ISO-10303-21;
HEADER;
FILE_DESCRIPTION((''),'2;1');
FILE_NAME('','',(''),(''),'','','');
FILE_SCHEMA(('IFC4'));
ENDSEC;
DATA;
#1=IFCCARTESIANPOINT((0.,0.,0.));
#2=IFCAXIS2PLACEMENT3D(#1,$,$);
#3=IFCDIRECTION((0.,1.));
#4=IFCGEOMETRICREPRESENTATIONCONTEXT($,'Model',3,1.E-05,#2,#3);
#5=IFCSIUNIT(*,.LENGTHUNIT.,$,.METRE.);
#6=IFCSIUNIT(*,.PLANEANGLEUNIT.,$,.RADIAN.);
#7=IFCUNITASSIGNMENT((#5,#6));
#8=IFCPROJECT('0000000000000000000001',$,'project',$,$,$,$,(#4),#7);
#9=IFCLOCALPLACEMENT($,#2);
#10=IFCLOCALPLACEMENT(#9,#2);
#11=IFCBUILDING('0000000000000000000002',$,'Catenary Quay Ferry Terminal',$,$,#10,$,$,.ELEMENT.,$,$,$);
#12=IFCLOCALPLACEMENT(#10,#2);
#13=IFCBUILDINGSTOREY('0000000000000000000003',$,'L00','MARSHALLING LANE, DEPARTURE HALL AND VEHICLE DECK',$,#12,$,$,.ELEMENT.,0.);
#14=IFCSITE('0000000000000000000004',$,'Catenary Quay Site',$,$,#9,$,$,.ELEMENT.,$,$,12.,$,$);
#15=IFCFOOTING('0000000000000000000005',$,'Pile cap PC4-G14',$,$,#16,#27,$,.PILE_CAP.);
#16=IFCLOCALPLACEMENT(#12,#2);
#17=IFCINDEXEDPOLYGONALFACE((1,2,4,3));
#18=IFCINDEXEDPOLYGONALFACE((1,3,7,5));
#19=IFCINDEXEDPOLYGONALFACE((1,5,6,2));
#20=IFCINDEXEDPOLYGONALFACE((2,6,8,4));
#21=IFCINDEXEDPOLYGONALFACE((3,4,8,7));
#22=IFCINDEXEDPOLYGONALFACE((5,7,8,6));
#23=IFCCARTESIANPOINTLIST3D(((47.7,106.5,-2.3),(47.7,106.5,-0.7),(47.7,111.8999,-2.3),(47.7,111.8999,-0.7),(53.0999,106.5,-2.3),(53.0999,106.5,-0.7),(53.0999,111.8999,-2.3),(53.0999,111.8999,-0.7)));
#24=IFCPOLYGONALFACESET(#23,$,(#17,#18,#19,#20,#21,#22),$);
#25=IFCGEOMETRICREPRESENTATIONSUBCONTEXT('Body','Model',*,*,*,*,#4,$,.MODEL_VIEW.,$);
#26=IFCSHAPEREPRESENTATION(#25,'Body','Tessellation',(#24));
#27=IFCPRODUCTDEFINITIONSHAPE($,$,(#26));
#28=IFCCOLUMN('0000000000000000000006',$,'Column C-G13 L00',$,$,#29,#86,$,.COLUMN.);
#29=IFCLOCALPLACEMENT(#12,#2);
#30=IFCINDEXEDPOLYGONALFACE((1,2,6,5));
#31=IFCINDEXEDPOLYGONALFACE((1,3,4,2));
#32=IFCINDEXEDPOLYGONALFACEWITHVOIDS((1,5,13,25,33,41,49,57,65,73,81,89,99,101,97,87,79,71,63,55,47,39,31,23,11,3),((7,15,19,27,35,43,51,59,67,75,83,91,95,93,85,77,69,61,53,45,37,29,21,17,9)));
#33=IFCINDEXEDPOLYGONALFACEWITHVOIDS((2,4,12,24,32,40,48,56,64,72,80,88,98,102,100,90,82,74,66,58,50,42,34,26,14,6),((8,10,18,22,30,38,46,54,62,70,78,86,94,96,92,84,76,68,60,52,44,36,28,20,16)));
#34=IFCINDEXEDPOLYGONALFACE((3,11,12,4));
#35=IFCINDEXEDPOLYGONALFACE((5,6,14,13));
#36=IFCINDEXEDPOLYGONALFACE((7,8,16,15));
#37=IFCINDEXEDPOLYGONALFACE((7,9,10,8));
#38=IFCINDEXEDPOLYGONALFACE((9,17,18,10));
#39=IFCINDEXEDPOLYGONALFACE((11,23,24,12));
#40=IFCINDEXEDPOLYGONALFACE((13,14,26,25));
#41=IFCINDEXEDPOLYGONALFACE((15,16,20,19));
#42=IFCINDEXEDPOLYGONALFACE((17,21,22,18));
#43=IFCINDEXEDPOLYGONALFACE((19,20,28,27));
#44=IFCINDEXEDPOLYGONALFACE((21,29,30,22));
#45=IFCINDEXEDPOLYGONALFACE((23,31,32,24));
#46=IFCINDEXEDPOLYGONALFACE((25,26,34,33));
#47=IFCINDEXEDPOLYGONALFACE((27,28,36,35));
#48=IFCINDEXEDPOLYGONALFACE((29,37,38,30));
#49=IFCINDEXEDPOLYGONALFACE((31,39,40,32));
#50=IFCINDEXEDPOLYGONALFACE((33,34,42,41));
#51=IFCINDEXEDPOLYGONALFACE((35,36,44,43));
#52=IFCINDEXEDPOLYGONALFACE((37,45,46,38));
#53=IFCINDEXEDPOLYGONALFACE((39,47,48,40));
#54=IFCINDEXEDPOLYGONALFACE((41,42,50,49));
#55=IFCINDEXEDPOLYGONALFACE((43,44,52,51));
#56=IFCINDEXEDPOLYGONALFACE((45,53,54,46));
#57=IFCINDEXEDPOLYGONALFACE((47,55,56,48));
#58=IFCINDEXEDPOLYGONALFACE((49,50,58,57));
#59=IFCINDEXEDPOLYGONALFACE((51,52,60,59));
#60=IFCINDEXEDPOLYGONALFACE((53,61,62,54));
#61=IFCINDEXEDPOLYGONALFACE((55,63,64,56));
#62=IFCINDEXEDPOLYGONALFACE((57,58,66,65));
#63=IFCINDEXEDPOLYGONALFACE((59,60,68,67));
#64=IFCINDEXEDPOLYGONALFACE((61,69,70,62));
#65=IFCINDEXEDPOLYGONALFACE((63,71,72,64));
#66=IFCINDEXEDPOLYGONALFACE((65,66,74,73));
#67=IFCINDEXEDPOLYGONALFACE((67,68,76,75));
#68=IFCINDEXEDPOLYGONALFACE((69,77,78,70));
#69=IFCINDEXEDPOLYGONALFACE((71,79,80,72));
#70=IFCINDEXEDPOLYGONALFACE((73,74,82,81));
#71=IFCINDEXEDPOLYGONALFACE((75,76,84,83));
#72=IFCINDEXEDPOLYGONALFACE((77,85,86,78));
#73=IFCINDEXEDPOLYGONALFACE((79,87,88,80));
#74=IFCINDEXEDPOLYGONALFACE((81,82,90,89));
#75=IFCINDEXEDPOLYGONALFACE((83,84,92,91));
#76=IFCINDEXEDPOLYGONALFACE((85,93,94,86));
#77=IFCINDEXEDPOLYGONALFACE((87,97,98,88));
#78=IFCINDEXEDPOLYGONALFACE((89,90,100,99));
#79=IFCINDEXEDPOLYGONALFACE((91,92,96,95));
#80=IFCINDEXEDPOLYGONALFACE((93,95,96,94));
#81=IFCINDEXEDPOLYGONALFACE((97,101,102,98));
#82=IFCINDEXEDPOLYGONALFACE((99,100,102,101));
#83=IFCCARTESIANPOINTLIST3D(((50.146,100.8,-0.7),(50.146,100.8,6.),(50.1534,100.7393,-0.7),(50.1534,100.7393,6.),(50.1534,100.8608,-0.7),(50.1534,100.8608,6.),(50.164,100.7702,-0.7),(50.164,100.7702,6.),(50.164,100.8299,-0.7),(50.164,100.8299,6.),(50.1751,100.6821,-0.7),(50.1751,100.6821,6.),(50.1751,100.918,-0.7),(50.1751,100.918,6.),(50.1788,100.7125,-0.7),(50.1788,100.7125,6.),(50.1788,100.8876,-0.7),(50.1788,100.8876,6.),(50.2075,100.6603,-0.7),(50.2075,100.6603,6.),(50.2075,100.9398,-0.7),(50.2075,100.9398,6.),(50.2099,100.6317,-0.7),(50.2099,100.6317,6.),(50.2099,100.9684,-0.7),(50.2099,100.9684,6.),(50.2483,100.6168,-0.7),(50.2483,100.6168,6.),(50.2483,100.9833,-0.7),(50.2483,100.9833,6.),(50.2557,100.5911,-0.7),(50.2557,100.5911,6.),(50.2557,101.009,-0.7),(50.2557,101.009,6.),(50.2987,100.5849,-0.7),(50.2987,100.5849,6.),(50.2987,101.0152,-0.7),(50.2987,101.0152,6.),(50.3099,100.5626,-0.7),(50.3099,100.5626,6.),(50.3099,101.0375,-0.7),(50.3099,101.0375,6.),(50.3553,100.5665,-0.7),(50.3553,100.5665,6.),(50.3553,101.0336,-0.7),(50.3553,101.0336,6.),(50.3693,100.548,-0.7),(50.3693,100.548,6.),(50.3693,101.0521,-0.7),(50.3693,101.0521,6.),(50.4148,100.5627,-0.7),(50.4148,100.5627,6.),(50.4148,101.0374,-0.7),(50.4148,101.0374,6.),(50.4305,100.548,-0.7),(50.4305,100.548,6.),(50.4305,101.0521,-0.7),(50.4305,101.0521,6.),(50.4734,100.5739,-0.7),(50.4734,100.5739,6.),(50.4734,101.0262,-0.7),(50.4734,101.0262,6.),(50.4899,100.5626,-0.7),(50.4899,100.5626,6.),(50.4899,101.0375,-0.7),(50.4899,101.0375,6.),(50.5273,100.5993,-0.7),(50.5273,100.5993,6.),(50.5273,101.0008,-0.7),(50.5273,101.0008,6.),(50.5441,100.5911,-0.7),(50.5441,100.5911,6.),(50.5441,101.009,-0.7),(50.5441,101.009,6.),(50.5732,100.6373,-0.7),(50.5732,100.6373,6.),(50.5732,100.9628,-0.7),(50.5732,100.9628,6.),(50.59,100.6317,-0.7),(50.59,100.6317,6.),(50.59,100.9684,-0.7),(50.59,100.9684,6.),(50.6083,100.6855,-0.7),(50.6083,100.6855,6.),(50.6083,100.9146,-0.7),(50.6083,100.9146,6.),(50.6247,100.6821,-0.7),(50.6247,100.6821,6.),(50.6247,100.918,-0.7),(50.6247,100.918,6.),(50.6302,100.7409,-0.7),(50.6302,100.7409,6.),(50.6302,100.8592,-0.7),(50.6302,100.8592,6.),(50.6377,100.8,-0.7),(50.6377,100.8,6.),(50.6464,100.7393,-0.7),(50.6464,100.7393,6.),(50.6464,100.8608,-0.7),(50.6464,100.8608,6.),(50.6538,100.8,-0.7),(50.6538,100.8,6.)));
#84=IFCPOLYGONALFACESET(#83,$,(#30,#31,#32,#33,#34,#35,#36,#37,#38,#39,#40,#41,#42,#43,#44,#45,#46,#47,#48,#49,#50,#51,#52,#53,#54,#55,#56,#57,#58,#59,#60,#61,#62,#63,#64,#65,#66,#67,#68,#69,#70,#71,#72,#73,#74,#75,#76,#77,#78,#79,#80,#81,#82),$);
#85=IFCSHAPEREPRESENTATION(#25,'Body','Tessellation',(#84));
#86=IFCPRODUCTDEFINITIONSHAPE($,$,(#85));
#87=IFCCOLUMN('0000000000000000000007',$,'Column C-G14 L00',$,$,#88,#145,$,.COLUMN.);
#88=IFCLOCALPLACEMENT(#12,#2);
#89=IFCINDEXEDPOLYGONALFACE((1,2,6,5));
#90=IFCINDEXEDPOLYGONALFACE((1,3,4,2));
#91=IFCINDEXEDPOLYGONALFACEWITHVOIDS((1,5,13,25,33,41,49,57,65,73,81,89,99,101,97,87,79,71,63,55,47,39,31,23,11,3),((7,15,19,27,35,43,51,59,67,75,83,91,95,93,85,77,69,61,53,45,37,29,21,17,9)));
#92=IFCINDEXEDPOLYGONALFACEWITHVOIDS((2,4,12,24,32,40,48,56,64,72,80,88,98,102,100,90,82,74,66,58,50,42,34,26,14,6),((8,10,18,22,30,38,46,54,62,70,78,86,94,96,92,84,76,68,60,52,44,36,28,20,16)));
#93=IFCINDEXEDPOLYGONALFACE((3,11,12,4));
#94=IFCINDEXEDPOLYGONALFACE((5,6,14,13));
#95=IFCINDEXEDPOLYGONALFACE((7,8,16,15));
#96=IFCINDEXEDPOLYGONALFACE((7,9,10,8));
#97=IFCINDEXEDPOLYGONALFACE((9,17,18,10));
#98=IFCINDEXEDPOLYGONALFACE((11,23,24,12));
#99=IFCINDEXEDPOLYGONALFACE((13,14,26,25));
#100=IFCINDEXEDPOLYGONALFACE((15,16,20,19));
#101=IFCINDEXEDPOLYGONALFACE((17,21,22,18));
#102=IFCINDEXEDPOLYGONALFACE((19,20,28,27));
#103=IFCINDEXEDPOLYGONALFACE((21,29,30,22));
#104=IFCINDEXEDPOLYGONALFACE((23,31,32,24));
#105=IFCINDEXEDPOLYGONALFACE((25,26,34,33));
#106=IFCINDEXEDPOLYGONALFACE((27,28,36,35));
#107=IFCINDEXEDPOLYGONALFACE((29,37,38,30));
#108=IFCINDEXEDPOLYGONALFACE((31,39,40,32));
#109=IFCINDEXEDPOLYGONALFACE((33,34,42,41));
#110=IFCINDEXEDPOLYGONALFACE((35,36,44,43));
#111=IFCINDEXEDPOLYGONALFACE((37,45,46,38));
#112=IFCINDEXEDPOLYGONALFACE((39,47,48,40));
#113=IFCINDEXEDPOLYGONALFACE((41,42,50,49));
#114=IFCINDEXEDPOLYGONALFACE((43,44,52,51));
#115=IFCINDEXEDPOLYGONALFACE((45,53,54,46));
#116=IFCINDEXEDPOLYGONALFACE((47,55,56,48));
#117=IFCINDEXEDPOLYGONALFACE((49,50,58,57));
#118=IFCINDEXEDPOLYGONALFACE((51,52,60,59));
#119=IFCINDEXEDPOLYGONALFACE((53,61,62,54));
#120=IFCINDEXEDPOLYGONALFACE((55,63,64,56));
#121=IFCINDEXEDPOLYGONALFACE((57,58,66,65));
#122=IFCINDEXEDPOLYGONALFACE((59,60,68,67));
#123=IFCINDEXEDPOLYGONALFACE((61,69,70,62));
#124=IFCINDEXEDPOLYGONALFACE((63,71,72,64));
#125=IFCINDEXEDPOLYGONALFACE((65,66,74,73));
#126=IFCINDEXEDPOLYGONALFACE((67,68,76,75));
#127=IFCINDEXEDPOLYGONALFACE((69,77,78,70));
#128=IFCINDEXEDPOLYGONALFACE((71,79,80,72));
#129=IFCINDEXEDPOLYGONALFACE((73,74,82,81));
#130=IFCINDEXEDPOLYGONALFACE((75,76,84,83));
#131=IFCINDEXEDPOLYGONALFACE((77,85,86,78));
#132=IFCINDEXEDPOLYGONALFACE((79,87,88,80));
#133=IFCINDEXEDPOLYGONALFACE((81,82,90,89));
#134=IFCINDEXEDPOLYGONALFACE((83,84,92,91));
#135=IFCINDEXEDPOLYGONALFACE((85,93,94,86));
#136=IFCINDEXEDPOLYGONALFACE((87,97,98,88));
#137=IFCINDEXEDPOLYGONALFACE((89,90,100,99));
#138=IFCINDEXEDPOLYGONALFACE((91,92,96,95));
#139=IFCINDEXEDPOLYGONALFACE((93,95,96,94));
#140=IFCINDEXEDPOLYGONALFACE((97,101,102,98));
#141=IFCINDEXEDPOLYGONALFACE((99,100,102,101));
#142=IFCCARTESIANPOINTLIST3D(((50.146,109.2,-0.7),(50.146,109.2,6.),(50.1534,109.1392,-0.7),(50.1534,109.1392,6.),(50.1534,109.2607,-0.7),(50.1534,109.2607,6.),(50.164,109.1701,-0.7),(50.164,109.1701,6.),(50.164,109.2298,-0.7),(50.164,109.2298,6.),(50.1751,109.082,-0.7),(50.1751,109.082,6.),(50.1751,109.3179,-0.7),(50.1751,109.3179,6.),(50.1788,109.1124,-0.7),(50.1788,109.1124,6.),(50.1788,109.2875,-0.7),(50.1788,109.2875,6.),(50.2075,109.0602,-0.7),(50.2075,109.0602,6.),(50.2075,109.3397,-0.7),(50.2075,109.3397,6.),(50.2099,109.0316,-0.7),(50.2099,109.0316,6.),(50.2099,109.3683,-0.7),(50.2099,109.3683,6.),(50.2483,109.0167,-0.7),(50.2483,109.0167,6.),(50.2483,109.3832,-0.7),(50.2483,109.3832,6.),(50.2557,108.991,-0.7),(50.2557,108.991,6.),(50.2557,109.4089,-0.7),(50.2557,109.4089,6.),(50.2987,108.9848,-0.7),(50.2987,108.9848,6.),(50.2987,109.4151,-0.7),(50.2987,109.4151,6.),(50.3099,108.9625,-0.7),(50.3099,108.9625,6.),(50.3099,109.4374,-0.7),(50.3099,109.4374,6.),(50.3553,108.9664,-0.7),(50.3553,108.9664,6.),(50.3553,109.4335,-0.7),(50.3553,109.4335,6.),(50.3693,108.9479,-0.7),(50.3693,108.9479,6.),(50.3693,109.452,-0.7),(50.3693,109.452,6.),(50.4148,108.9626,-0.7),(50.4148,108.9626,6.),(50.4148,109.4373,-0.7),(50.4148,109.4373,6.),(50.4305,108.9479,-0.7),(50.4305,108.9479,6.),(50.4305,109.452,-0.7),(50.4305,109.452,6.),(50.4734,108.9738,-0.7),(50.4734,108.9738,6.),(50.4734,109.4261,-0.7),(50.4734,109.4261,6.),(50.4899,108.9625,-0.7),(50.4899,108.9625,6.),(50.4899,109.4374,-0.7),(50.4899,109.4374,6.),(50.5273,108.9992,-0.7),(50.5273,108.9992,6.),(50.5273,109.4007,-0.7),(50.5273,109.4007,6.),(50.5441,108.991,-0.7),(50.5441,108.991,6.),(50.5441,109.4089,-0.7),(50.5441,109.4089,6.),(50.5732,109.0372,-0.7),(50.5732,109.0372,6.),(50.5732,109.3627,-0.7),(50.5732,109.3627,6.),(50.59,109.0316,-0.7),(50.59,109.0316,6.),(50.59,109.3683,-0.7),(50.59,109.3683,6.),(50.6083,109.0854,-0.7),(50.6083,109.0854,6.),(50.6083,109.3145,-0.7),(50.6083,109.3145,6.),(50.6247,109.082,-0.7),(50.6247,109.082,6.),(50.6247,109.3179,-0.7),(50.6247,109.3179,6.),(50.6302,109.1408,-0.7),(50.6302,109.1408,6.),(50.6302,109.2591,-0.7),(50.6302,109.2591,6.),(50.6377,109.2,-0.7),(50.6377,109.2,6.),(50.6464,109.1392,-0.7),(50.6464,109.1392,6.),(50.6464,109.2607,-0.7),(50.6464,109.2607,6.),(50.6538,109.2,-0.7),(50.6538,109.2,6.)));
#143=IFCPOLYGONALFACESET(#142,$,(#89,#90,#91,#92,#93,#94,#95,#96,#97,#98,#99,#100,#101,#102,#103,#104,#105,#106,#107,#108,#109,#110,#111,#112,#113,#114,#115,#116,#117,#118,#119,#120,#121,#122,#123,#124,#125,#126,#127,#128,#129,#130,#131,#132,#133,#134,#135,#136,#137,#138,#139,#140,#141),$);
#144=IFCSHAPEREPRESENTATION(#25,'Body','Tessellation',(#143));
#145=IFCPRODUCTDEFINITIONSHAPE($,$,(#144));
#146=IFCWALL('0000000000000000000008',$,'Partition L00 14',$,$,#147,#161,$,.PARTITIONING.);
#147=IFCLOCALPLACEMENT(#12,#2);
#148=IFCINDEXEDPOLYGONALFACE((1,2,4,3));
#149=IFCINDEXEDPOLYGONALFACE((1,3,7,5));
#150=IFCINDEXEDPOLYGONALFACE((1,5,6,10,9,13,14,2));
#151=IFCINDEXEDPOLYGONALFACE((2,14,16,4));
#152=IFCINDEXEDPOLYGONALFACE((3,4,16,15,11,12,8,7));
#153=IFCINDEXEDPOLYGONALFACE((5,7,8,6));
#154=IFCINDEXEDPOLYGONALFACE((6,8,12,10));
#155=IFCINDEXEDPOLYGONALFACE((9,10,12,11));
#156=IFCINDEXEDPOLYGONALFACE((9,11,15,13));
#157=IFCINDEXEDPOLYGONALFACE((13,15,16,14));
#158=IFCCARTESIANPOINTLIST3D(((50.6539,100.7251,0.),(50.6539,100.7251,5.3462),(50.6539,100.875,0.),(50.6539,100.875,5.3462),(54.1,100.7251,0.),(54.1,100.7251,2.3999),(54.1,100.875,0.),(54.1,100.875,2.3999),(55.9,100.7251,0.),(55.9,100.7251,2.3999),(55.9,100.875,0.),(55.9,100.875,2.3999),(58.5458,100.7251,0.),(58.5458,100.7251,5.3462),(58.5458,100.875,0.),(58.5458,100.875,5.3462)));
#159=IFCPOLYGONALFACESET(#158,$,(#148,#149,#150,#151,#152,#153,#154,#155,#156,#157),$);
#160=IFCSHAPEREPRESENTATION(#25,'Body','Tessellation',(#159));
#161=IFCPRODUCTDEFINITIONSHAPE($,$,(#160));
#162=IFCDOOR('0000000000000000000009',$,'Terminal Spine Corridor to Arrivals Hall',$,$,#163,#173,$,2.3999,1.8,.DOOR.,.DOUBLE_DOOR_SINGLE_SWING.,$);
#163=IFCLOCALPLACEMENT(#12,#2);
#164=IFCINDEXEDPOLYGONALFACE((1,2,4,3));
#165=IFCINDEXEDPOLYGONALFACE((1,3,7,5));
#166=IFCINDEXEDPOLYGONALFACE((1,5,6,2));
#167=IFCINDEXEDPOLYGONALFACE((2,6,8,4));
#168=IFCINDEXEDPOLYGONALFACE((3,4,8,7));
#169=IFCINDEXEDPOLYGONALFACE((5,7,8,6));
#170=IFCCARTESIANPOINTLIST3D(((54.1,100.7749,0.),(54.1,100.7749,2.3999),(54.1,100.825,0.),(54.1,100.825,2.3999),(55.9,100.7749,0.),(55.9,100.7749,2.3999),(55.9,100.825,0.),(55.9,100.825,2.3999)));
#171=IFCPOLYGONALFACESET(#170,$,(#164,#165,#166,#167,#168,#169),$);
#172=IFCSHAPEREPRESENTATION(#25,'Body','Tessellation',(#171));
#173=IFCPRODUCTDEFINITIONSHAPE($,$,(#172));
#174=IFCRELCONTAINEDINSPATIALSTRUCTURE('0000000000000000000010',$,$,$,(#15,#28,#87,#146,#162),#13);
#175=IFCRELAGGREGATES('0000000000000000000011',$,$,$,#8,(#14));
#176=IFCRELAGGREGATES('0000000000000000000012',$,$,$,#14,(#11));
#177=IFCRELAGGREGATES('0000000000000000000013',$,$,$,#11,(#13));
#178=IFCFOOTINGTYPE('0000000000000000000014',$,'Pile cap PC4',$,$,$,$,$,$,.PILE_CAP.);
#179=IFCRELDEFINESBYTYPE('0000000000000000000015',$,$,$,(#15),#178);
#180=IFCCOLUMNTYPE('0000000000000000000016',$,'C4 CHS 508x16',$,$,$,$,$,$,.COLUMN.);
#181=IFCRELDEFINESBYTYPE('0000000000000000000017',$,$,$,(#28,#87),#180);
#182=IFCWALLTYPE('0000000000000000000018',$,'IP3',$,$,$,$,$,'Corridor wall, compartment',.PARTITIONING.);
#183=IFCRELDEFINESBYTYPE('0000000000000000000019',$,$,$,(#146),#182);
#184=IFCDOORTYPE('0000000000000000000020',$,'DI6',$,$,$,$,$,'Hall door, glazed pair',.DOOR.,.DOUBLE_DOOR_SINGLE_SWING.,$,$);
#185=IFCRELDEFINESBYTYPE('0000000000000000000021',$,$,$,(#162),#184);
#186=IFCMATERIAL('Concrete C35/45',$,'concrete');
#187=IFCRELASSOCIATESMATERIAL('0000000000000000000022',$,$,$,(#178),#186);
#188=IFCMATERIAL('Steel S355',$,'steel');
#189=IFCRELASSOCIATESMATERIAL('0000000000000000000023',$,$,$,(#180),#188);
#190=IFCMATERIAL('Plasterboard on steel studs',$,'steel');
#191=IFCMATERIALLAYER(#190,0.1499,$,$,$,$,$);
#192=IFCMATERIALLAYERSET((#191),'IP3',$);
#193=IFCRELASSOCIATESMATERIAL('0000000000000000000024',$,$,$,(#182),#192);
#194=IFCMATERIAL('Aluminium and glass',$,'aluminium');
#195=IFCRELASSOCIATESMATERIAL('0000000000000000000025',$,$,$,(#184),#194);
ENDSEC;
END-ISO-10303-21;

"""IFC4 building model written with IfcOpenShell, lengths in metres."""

from ifc_helpers import new_model, si_unit, direction, frame, frame_2d, origin, origin_2d, place, context, subcontext, project, spatial, rectangle, hollow_circle, extrude, material, layer, layer_set, material_profile, profile_set, type_object, element, fill, save


model = new_model("IFC4")

# Units and contexts
model_context = context("Model", 3, precision=1e-05, world=origin(), true_north=direction((0.0, 1.0)))
body_context = subcontext(model_context, "Body", "Model", "MODEL_VIEW")
ifc_project = project(units=[si_unit("LENGTHUNIT", "METRE"), si_unit("PLANEANGLEUNIT", "RADIAN")], contexts=[model_context])

# Site, building, storey
site_placement = place(None, origin())
site = spatial("IfcSite", under=ifc_project, at=site_placement, Name="Catenary Quay Site", CompositionType="ELEMENT", RefElevation=12.0)
building_placement = place(site_placement, origin())
building = spatial("IfcBuilding", under=site, at=building_placement, Name="Catenary Quay Ferry Terminal", CompositionType="ELEMENT")
storey_placement = place(building_placement, origin())
storey = spatial("IfcBuildingStorey", under=building, at=storey_placement, Name="L00", Description="MARSHALLING LANE, DEPARTURE HALL AND VEHICLE DECK", CompositionType="ELEMENT", Elevation=0.0)

# Footing
ifc_material_1 = material(Name="Concrete C35/45", Category="concrete")
footing_type = type_object("IfcFootingType", Name="Pile cap PC4", PredefinedType="PILE_CAP", material=ifc_material_1)
footing_placement = place(storey_placement, frame((50.3999, 109.2, -2.3), z_axis=(0.0, 0.0, 1.0), x_axis=(1.0, 0.0, 0.0)))
element("IfcFooting", 1, at=footing_placement, inside=storey, type_object=footing_type, Name="Pile cap PC4-G14", PredefinedType="PILE_CAP", context=body_context, shape_type="SweptSolid", body=[
    extrude(rectangle(XDim=5.3999, YDim=5.3999, at=origin_2d()), origin(), (0.0, 0.0, 1.0), 1.6001),
])

# Columns
ifc_material_2 = material(Name="Steel S355", Category="steel")
ifc_material_profile_1 = material_profile(ifc_material_2, hollow_circle(Radius=0.2539, WallThickness=0.0161, at=origin_2d()), Name="CHS 508x16")
ifc_profile_set_1 = profile_set([ifc_material_profile_1], Name="Steel S355")
column_type = type_object("IfcColumnType", Name="C4 CHS 508x16", PredefinedType="COLUMN", material=ifc_profile_set_1)
for number, where, z_axis, x_axis, name in (
    (2, (50.3999, 100.8, -0.7), (0.0, 0.0, 1.0), (1.0, 0.0, 0.0), "Column C-G13 L00"),
    (3, (50.3999, 109.2, -0.7), (0.0, 0.0, 1.0), (1.0, 0.0, 0.0), "Column C-G14 L00"),
):
    element("IfcColumn", number, at=place(storey_placement, frame(where, z_axis=z_axis, x_axis=x_axis)), inside=storey, type_object=column_type, Name=name, PredefinedType="COLUMN", context=body_context, shape_type="SweptSolid", body=[
        extrude(hollow_circle(Radius=0.2539, WallThickness=0.0161, at=origin_2d()), origin(), (0.0, 0.0, 1.0), 6.7),
    ])

# Wall, opening, door
ifc_material_3 = material(Name="Plasterboard on steel studs", Category="steel")
ifc_layer_1 = layer(ifc_material_3, 0.1499)
ifc_layer_set_1 = layer_set([ifc_layer_1], Name="IP3")
wall_type_1 = type_object("IfcWallType", Name="IP3", ElementType="Corridor wall, compartment", PredefinedType="PARTITIONING", material=ifc_layer_set_1)
wall_1_placement = place(storey_placement, frame((50.6541, 100.8, 0.0), z_axis=(0.0, 0.0, 1.0), x_axis=(1.0, 0.0, 0.0)))
wall_1 = element("IfcWall", 4, at=wall_1_placement, inside=storey, type_object=wall_type_1, Name="Partition L00 14", PredefinedType="PARTITIONING", context=body_context, shape_type="SweptSolid", body=[
    extrude(rectangle(XDim=7.8918, YDim=0.1499, at=frame_2d((3.9458, 0.0))), origin(), (0.0, 0.0, 1.0), 5.3462),
])
opening_1_placement = place(wall_1_placement, frame((3.446, 0.0, 0.0)))
opening_1 = element("IfcOpeningElement", 5, at=opening_1_placement, cuts=wall_1, PredefinedType="OPENING", context=body_context, shape_type="SweptSolid", body=[
    extrude(rectangle(XDim=1.8, YDim=2.3999, at=frame_2d((0.8999, 1.2))), frame((0.0, 0.085, 0.0), z_axis=(0.0, -1.0, 0.0), x_axis=(1.0, 0.0, 0.0)), (0.0, 0.0, 1.0), 0.1699),
])
ifc_material_4 = material(Name="Aluminium and glass", Category="aluminium")
door_type_1 = type_object("IfcDoorType", Name="DI6", ElementType="Hall door, glazed pair", OperationType="DOUBLE_DOOR_SINGLE_SWING", PredefinedType="DOOR", material=ifc_material_4)
door_1_placement = place(opening_1_placement, origin())
door_1 = element("IfcDoor", 6, at=door_1_placement, inside=storey, type_object=door_type_1, Name="Terminal Spine Corridor to Arrivals Hall", OperationType="DOUBLE_DOOR_SINGLE_SWING", OverallHeight=2.3999, OverallWidth=1.8, PredefinedType="DOOR", context=body_context, shape_type="SweptSolid", body=[
    extrude(rectangle(XDim=1.8, YDim=2.3999, at=frame_2d((0.8999, 1.2))), frame((0.0, 0.0249, 0.0), z_axis=(0.0, -1.0, 0.0), x_axis=(1.0, 0.0, 0.0)), (0.0, 0.0, 1.0), 0.05),
])
fill(opening_1, door_1)

save(model, "model.ifc")
